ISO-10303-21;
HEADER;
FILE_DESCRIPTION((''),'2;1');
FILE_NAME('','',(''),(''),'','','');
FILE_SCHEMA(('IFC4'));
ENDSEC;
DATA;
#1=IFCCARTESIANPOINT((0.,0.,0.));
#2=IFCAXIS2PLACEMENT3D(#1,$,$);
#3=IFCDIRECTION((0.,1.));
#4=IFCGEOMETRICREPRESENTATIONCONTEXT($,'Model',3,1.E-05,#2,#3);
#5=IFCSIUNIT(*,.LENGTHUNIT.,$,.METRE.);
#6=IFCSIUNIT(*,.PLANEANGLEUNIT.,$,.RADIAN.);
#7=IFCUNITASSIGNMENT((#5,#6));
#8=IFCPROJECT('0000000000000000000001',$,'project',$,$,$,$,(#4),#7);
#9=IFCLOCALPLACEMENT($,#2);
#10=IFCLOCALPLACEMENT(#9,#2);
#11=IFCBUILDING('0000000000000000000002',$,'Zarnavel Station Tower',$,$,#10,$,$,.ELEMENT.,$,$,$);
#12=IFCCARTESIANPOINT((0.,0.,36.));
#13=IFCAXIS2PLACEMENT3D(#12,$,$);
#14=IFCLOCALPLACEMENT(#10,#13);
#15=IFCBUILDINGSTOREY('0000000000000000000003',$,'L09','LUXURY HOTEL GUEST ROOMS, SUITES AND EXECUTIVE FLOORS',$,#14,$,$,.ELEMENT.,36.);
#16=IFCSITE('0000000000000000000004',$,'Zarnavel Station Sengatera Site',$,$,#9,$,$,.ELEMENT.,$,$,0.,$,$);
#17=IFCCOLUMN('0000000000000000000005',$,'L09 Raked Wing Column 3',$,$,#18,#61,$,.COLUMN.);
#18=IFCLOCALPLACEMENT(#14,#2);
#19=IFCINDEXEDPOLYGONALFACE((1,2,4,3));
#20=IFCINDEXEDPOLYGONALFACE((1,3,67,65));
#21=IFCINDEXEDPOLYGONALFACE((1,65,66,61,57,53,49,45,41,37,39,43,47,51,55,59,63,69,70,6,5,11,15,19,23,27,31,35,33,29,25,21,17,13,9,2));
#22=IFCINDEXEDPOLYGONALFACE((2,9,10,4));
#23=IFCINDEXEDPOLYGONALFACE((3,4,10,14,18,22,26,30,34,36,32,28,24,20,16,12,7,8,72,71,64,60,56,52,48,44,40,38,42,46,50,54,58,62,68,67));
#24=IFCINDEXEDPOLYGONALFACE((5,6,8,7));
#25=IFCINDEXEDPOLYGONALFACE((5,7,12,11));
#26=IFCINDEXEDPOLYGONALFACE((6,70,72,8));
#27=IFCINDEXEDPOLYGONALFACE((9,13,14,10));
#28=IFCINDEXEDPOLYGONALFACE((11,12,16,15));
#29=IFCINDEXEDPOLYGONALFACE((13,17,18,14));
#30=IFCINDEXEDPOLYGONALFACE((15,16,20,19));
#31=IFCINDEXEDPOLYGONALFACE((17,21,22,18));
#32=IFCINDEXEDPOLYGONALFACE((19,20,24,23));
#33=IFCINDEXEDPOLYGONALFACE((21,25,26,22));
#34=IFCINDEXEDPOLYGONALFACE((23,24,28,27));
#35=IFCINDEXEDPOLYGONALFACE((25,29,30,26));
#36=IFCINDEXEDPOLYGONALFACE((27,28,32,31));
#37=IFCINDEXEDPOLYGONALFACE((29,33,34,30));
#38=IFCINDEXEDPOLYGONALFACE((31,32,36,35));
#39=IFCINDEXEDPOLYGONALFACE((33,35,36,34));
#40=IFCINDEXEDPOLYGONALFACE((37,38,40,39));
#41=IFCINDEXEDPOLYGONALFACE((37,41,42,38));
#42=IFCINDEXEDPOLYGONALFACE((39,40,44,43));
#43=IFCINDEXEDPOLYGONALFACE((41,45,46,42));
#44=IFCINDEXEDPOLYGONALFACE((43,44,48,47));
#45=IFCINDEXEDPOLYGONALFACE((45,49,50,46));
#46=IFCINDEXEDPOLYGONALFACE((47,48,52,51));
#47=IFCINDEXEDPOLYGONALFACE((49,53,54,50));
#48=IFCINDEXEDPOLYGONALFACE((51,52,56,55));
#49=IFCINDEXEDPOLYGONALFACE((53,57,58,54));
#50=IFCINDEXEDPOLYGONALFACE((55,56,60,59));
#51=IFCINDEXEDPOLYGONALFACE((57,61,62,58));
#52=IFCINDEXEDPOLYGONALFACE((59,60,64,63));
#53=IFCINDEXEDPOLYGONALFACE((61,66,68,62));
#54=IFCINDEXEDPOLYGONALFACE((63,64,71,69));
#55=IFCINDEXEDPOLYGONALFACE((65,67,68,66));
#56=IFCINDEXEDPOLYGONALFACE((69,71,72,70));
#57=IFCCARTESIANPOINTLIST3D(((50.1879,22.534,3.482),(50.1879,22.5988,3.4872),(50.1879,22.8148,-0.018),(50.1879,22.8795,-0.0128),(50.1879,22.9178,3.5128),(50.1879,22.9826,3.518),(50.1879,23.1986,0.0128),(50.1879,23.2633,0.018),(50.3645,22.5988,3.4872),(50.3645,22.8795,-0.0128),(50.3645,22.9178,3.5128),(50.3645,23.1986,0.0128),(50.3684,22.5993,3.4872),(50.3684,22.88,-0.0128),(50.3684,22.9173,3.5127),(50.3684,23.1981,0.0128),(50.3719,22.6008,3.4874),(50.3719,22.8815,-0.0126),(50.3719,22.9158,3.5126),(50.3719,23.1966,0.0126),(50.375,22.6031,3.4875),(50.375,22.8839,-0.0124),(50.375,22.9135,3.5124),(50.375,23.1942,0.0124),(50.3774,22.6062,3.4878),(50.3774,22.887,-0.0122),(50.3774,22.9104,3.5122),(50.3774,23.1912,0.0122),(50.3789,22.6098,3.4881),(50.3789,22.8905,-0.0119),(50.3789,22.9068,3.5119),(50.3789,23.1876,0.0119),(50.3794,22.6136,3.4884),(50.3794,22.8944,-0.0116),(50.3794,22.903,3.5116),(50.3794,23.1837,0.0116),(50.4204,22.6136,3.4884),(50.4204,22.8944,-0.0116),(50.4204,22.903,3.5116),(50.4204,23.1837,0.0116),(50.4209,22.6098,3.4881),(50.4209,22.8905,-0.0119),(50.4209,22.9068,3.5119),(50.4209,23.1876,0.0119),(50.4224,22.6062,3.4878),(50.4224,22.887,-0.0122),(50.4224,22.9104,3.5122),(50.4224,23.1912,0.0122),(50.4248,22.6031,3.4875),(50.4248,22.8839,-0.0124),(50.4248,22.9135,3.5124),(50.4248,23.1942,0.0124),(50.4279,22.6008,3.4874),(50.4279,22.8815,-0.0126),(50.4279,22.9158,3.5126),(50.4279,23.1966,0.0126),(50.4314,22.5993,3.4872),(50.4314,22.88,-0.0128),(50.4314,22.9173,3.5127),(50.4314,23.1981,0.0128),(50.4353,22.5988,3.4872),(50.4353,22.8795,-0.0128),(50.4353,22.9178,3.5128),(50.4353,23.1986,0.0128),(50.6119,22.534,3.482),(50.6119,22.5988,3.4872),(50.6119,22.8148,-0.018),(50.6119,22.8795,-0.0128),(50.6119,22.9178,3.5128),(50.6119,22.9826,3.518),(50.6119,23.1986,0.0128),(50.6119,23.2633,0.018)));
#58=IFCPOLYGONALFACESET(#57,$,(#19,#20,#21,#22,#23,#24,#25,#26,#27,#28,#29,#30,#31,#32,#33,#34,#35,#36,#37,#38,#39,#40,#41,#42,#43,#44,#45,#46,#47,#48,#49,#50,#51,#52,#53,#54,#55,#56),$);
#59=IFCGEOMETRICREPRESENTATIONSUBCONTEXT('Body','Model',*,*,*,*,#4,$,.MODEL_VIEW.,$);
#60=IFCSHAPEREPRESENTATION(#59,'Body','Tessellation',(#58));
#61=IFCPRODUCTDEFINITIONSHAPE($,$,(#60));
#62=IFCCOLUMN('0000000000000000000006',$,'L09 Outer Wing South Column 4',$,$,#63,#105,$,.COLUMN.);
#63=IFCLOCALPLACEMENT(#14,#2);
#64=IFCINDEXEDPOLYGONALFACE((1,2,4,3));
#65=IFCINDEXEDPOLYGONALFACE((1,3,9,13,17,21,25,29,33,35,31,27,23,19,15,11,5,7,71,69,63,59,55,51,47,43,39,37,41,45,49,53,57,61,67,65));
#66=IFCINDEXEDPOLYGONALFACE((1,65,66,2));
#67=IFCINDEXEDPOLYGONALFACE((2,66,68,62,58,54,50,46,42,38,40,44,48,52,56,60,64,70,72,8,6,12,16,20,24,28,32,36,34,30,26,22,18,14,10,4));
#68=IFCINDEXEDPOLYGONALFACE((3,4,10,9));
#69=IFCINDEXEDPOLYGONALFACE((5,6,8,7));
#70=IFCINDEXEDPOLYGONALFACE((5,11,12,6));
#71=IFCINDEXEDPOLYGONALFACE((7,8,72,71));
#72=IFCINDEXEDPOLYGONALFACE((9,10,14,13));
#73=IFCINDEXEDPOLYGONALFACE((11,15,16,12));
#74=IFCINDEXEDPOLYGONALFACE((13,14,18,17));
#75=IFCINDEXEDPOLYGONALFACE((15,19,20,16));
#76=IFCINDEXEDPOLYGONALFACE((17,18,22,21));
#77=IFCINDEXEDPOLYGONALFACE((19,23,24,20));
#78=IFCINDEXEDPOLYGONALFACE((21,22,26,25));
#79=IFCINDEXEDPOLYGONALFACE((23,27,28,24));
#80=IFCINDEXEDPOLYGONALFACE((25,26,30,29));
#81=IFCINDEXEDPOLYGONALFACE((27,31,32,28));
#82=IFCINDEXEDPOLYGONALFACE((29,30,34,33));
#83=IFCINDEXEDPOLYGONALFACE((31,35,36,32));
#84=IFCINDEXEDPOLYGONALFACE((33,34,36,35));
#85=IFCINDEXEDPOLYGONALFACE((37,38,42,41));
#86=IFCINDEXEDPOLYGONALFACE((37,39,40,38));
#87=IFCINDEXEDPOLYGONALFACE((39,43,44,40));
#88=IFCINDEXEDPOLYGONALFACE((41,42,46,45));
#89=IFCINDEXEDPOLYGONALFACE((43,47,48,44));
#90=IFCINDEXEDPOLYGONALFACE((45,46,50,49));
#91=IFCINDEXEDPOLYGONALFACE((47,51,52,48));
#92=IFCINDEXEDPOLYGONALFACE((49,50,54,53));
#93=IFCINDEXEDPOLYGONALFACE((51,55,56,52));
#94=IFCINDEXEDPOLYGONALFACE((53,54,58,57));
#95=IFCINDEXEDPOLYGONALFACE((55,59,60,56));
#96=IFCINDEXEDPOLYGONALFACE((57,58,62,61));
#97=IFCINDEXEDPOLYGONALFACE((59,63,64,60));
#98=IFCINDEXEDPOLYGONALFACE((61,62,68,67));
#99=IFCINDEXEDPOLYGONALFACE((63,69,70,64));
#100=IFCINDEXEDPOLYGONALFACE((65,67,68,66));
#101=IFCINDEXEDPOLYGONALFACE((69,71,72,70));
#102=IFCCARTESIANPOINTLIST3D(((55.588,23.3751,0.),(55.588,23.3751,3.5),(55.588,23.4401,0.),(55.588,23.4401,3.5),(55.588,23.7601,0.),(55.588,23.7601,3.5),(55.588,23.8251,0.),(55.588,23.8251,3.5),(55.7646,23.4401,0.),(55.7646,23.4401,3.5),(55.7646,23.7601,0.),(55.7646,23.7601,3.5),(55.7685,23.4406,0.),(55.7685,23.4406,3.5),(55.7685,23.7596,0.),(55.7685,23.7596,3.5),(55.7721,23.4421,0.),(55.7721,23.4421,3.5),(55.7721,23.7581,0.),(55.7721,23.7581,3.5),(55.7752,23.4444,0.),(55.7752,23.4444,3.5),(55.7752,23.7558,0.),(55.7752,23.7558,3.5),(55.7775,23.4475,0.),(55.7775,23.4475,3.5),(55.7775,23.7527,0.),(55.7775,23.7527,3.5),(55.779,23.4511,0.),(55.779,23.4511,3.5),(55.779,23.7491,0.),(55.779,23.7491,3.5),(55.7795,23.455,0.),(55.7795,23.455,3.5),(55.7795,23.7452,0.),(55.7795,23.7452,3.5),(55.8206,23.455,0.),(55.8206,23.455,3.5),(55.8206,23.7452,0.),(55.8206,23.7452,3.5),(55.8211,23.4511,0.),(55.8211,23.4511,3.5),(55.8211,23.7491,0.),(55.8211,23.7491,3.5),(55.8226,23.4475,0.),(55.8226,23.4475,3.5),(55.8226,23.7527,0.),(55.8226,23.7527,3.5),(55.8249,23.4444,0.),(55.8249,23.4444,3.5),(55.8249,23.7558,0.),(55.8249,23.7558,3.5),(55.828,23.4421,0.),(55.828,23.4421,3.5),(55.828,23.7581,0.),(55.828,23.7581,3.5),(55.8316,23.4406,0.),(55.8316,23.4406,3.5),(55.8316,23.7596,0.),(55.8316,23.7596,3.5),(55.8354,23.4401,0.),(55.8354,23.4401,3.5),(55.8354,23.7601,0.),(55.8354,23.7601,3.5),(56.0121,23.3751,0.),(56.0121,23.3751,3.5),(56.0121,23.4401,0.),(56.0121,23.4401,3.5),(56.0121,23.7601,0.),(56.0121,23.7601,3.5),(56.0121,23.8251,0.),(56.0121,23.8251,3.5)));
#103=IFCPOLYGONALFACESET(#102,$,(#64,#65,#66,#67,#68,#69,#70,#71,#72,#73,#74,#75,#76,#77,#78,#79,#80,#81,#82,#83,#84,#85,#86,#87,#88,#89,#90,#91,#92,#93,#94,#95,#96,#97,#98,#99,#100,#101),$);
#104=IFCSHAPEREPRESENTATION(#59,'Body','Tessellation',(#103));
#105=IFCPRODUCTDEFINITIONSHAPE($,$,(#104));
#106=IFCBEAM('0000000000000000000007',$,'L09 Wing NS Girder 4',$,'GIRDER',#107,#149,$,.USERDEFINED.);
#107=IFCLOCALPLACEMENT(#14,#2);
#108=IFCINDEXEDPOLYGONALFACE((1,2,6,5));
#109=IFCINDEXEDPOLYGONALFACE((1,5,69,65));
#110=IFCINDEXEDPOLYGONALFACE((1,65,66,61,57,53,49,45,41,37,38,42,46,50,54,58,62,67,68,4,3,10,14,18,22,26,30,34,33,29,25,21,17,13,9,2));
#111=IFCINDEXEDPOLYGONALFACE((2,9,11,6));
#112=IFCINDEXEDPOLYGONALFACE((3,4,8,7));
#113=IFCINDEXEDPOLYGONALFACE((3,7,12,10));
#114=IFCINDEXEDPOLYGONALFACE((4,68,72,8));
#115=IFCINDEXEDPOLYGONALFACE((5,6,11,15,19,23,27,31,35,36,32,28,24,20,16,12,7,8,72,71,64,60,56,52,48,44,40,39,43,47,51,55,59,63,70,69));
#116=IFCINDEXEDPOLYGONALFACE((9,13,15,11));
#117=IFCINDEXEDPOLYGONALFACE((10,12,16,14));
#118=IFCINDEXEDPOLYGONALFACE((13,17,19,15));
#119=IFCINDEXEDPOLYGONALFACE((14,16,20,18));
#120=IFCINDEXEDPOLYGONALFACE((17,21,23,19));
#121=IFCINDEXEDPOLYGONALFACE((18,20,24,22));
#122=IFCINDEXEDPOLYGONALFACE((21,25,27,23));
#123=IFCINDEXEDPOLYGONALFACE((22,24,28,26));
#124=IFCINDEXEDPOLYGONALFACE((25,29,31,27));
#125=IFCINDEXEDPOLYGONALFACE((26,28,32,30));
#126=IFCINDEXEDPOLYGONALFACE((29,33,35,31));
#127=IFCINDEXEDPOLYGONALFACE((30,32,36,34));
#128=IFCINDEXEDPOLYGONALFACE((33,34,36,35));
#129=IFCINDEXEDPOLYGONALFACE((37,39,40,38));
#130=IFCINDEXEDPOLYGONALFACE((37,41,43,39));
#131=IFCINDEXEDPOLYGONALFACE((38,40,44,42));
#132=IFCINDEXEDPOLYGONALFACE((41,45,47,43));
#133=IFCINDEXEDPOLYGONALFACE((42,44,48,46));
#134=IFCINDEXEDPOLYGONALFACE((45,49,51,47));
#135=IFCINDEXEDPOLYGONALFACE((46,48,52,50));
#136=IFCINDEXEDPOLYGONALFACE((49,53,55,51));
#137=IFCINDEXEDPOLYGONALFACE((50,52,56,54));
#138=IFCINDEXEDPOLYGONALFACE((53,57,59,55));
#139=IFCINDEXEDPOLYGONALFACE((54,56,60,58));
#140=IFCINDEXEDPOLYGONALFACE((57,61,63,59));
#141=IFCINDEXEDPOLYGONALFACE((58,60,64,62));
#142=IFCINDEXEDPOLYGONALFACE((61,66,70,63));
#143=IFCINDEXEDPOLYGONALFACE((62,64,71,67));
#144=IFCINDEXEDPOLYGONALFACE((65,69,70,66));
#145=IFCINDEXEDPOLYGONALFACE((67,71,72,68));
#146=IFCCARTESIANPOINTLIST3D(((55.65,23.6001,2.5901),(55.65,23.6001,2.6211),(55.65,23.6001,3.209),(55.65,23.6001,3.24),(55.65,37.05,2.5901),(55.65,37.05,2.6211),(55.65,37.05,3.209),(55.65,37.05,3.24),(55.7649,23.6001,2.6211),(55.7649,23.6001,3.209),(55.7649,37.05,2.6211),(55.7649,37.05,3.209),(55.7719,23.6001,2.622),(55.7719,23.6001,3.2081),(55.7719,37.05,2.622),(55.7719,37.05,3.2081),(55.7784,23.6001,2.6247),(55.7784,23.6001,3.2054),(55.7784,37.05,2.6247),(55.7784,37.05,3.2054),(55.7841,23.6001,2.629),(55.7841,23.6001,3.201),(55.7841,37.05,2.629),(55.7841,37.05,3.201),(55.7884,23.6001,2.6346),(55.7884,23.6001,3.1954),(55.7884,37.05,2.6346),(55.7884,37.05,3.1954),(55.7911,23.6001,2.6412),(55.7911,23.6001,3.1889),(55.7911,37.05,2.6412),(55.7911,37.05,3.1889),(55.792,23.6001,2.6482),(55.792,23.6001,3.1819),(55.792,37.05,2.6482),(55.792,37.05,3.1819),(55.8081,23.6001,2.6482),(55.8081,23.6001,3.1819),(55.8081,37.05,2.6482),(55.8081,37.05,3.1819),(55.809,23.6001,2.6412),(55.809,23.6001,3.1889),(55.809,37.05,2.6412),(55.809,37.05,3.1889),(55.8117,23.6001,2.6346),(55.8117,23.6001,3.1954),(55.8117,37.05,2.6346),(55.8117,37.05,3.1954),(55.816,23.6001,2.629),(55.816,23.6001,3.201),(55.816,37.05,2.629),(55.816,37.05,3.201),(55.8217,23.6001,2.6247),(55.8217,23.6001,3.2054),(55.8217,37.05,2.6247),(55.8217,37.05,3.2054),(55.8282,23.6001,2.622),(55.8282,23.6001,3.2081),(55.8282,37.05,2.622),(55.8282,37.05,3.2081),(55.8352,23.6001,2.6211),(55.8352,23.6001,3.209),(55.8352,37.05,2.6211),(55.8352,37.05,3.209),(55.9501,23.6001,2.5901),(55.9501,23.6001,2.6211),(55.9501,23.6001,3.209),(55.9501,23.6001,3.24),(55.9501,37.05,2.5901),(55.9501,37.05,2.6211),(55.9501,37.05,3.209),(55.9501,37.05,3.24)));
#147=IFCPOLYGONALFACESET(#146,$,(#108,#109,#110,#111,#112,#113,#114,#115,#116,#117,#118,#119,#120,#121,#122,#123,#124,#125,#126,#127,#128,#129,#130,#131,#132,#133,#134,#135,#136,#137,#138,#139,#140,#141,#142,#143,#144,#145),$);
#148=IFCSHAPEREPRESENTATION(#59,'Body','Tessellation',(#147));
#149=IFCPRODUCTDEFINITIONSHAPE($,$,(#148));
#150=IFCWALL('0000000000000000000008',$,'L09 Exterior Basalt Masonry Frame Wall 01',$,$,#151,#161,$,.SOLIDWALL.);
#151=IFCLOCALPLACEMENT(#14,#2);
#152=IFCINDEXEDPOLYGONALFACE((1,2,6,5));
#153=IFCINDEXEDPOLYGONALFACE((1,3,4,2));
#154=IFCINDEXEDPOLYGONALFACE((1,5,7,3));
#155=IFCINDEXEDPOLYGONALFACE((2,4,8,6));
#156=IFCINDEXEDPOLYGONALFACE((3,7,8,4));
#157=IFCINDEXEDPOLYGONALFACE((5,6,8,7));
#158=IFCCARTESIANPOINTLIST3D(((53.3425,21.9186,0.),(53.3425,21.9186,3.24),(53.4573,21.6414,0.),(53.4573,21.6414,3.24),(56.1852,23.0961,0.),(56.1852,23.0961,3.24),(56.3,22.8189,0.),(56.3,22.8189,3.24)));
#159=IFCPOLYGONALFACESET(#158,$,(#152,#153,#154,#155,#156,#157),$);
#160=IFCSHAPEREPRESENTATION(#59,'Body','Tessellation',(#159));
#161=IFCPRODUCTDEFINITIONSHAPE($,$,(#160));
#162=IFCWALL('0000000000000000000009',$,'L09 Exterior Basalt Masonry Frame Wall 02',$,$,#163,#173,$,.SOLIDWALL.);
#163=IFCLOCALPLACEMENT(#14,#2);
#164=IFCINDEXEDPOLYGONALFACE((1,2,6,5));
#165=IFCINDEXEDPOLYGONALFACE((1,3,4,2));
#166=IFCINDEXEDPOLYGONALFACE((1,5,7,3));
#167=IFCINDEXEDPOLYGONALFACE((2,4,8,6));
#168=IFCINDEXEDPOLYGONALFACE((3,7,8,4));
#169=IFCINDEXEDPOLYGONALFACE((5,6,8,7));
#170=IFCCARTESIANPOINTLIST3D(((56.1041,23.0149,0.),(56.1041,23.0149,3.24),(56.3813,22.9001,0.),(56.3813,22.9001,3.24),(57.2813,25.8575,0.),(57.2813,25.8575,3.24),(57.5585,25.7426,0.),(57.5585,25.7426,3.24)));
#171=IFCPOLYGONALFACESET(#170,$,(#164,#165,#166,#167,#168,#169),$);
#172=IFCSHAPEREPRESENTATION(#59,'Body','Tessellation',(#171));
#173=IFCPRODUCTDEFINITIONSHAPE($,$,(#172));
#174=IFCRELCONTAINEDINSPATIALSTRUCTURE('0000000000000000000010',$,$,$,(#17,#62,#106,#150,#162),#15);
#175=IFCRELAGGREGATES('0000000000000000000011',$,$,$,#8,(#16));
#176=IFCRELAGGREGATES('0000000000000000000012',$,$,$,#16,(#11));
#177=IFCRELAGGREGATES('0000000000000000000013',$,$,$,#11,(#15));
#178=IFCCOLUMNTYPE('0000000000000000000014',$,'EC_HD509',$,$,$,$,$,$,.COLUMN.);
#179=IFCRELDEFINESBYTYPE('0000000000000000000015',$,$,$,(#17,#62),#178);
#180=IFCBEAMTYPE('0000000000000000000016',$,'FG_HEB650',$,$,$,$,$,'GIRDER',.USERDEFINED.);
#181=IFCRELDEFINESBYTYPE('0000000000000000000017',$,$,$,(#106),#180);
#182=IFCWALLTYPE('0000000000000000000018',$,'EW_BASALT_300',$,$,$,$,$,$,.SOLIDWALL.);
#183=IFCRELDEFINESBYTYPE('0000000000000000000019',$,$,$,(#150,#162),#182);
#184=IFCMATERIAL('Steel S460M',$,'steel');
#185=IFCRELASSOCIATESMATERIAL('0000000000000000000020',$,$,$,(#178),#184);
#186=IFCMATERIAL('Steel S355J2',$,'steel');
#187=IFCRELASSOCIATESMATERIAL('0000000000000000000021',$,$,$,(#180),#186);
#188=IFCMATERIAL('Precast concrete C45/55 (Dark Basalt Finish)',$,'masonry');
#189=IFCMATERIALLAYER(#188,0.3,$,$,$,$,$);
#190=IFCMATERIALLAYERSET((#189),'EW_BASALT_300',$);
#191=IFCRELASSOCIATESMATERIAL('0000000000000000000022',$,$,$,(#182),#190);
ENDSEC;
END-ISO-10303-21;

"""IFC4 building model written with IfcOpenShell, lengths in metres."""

from ifc_helpers import new_model, si_unit, direction, frame, frame_2d, origin, origin_2d, place, context, subcontext, project, spatial, rectangle, i_section, extrude, material, layer, layer_set, material_profile, profile_set, type_object, element, save


model = new_model("IFC4")

# Units and contexts
model_context = context("Model", 3, precision=1e-05, world=origin(), true_north=direction((0.0, 1.0)))
body_context = subcontext(model_context, "Body", "Model", "MODEL_VIEW")
ifc_project = project(units=[si_unit("LENGTHUNIT", "METRE"), si_unit("PLANEANGLEUNIT", "RADIAN")], contexts=[model_context])

# Site, building, storey
site_placement = place(None, origin())
site = spatial("IfcSite", under=ifc_project, at=site_placement, Name="Zarnavel Station Sengatera Site", CompositionType="ELEMENT", RefElevation=0.0)
building_placement = place(site_placement, origin())
building = spatial("IfcBuilding", under=site, at=building_placement, Name="Zarnavel Station Tower", CompositionType="ELEMENT")
storey_placement = place(building_placement, frame((0.0, 0.0, 36.0)))
storey = spatial("IfcBuildingStorey", under=building, at=storey_placement, Name="L09", Description="LUXURY HOTEL GUEST ROOMS, SUITES AND EXECUTIVE FLOORS", CompositionType="ELEMENT", Elevation=36.0)

# Columns
ifc_material_1 = material(Name="Steel S460M", Category="steel")
ifc_material_profile_1 = material_profile(ifc_material_1, i_section(OverallWidth=0.4241, OverallDepth=0.45, WebThickness=0.041, FlangeThickness=0.0649, FilletRadius=0.0149, at=origin_2d()), Name="HD400x509")
ifc_profile_set_1 = profile_set([ifc_material_profile_1], Name="Steel S460M")
column_type = type_object("IfcColumnType", Name="EC_HD509", PredefinedType="COLUMN", material=ifc_profile_set_1)
column_1_placement = place(storey_placement, frame((50.3999, 23.0391, 0.0), z_axis=(0.0, -0.079961, 0.996798), x_axis=(1.0, 0.0, 0.0)))
element("IfcColumn", 1, at=column_1_placement, inside=storey, type_object=column_type, Name="L09 Raked Wing Column 3", PredefinedType="COLUMN", context=body_context, shape_type="SweptSolid", body=[
    extrude(i_section(OverallWidth=0.4241, OverallDepth=0.45, WebThickness=0.041, FlangeThickness=0.0649, FilletRadius=0.0149, at=origin_2d()), origin(), (0.0, 0.0, 1.0), 3.5112),
])
column_2_placement = place(storey_placement, frame((55.8, 23.6001, 0.0), z_axis=(0.0, 0.0, 1.0), x_axis=(1.0, 0.0, 0.0)))
element("IfcColumn", 2, at=column_2_placement, inside=storey, type_object=column_type, Name="L09 Outer Wing South Column 4", PredefinedType="COLUMN", context=body_context, shape_type="SweptSolid", body=[
    extrude(i_section(OverallWidth=0.4241, OverallDepth=0.45, WebThickness=0.041, FlangeThickness=0.0649, FilletRadius=0.0149, at=origin_2d()), origin(), (0.0, 0.0, 1.0), 3.5),
])

# Beam
ifc_material_2 = material(Name="Steel S355J2", Category="steel")
ifc_material_profile_2 = material_profile(ifc_material_2, i_section(OverallWidth=0.3, OverallDepth=0.6499, WebThickness=0.0161, FlangeThickness=0.031, FilletRadius=0.0271, at=origin_2d()), Name="HEB650")
ifc_profile_set_2 = profile_set([ifc_material_profile_2], Name="Steel S355J2")
beam_type = type_object("IfcBeamType", Name="FG_HEB650", ElementType="GIRDER", PredefinedType="USERDEFINED", material=ifc_profile_set_2)
beam_placement = place(storey_placement, frame((55.8, 23.6001, 2.915), z_axis=(0.0, 1.0, 0.0), x_axis=(-1.0, 0.0, 0.0)))
element("IfcBeam", 3, at=beam_placement, inside=storey, type_object=beam_type, Name="L09 Wing NS Girder 4", ObjectType="GIRDER", PredefinedType="USERDEFINED", context=body_context, shape_type="SweptSolid", body=[
    extrude(i_section(OverallWidth=0.3, OverallDepth=0.6499, WebThickness=0.0161, FlangeThickness=0.031, FilletRadius=0.0271, at=origin_2d()), origin(), (0.0, 0.0, 1.0), 13.45),
])

# Walls
ifc_material_3 = material(Name="Precast concrete C45/55 (Dark Basalt Finish)", Category="masonry")
ifc_layer_1 = layer(ifc_material_3, 0.3)
ifc_layer_set_1 = layer_set([ifc_layer_1], Name="EW_BASALT_300")
wall_type_1 = type_object("IfcWallType", Name="EW_BASALT_300", PredefinedType="SOLIDWALL", material=ifc_layer_set_1)
wall_1_placement = place(storey_placement, frame((56.2427, 22.9575, 0.0), z_axis=(0.0, 0.0, 1.0), x_axis=(-0.923882, -0.382676, 0.0)))
element("IfcWall", 4, at=wall_1_placement, inside=storey, type_object=wall_type_1, Name="L09 Exterior Basalt Masonry Frame Wall 01", PredefinedType="SOLIDWALL", context=body_context, shape_type="SweptSolid", body=[
    extrude(rectangle(XDim=3.0769, YDim=0.3, at=frame_2d((1.5386, 0.0))), origin(), (0.0, 0.0, 1.0), 3.24),
])
wall_2_placement = place(storey_placement, frame((57.4199, 25.8, 0.0), z_axis=(0.0, 0.0, 1.0), x_axis=(-0.382637, -0.923899, 0.0)))
element("IfcWall", 5, at=wall_2_placement, inside=storey, type_object=wall_type_1, Name="L09 Exterior Basalt Masonry Frame Wall 02", PredefinedType="SOLIDWALL", context=body_context, shape_type="SweptSolid", body=[
    extrude(rectangle(XDim=3.0767, YDim=0.3, at=frame_2d((1.5383, 0.0))), origin(), (0.0, 0.0, 1.0), 3.24),
])

save(model, "model.ifc")
